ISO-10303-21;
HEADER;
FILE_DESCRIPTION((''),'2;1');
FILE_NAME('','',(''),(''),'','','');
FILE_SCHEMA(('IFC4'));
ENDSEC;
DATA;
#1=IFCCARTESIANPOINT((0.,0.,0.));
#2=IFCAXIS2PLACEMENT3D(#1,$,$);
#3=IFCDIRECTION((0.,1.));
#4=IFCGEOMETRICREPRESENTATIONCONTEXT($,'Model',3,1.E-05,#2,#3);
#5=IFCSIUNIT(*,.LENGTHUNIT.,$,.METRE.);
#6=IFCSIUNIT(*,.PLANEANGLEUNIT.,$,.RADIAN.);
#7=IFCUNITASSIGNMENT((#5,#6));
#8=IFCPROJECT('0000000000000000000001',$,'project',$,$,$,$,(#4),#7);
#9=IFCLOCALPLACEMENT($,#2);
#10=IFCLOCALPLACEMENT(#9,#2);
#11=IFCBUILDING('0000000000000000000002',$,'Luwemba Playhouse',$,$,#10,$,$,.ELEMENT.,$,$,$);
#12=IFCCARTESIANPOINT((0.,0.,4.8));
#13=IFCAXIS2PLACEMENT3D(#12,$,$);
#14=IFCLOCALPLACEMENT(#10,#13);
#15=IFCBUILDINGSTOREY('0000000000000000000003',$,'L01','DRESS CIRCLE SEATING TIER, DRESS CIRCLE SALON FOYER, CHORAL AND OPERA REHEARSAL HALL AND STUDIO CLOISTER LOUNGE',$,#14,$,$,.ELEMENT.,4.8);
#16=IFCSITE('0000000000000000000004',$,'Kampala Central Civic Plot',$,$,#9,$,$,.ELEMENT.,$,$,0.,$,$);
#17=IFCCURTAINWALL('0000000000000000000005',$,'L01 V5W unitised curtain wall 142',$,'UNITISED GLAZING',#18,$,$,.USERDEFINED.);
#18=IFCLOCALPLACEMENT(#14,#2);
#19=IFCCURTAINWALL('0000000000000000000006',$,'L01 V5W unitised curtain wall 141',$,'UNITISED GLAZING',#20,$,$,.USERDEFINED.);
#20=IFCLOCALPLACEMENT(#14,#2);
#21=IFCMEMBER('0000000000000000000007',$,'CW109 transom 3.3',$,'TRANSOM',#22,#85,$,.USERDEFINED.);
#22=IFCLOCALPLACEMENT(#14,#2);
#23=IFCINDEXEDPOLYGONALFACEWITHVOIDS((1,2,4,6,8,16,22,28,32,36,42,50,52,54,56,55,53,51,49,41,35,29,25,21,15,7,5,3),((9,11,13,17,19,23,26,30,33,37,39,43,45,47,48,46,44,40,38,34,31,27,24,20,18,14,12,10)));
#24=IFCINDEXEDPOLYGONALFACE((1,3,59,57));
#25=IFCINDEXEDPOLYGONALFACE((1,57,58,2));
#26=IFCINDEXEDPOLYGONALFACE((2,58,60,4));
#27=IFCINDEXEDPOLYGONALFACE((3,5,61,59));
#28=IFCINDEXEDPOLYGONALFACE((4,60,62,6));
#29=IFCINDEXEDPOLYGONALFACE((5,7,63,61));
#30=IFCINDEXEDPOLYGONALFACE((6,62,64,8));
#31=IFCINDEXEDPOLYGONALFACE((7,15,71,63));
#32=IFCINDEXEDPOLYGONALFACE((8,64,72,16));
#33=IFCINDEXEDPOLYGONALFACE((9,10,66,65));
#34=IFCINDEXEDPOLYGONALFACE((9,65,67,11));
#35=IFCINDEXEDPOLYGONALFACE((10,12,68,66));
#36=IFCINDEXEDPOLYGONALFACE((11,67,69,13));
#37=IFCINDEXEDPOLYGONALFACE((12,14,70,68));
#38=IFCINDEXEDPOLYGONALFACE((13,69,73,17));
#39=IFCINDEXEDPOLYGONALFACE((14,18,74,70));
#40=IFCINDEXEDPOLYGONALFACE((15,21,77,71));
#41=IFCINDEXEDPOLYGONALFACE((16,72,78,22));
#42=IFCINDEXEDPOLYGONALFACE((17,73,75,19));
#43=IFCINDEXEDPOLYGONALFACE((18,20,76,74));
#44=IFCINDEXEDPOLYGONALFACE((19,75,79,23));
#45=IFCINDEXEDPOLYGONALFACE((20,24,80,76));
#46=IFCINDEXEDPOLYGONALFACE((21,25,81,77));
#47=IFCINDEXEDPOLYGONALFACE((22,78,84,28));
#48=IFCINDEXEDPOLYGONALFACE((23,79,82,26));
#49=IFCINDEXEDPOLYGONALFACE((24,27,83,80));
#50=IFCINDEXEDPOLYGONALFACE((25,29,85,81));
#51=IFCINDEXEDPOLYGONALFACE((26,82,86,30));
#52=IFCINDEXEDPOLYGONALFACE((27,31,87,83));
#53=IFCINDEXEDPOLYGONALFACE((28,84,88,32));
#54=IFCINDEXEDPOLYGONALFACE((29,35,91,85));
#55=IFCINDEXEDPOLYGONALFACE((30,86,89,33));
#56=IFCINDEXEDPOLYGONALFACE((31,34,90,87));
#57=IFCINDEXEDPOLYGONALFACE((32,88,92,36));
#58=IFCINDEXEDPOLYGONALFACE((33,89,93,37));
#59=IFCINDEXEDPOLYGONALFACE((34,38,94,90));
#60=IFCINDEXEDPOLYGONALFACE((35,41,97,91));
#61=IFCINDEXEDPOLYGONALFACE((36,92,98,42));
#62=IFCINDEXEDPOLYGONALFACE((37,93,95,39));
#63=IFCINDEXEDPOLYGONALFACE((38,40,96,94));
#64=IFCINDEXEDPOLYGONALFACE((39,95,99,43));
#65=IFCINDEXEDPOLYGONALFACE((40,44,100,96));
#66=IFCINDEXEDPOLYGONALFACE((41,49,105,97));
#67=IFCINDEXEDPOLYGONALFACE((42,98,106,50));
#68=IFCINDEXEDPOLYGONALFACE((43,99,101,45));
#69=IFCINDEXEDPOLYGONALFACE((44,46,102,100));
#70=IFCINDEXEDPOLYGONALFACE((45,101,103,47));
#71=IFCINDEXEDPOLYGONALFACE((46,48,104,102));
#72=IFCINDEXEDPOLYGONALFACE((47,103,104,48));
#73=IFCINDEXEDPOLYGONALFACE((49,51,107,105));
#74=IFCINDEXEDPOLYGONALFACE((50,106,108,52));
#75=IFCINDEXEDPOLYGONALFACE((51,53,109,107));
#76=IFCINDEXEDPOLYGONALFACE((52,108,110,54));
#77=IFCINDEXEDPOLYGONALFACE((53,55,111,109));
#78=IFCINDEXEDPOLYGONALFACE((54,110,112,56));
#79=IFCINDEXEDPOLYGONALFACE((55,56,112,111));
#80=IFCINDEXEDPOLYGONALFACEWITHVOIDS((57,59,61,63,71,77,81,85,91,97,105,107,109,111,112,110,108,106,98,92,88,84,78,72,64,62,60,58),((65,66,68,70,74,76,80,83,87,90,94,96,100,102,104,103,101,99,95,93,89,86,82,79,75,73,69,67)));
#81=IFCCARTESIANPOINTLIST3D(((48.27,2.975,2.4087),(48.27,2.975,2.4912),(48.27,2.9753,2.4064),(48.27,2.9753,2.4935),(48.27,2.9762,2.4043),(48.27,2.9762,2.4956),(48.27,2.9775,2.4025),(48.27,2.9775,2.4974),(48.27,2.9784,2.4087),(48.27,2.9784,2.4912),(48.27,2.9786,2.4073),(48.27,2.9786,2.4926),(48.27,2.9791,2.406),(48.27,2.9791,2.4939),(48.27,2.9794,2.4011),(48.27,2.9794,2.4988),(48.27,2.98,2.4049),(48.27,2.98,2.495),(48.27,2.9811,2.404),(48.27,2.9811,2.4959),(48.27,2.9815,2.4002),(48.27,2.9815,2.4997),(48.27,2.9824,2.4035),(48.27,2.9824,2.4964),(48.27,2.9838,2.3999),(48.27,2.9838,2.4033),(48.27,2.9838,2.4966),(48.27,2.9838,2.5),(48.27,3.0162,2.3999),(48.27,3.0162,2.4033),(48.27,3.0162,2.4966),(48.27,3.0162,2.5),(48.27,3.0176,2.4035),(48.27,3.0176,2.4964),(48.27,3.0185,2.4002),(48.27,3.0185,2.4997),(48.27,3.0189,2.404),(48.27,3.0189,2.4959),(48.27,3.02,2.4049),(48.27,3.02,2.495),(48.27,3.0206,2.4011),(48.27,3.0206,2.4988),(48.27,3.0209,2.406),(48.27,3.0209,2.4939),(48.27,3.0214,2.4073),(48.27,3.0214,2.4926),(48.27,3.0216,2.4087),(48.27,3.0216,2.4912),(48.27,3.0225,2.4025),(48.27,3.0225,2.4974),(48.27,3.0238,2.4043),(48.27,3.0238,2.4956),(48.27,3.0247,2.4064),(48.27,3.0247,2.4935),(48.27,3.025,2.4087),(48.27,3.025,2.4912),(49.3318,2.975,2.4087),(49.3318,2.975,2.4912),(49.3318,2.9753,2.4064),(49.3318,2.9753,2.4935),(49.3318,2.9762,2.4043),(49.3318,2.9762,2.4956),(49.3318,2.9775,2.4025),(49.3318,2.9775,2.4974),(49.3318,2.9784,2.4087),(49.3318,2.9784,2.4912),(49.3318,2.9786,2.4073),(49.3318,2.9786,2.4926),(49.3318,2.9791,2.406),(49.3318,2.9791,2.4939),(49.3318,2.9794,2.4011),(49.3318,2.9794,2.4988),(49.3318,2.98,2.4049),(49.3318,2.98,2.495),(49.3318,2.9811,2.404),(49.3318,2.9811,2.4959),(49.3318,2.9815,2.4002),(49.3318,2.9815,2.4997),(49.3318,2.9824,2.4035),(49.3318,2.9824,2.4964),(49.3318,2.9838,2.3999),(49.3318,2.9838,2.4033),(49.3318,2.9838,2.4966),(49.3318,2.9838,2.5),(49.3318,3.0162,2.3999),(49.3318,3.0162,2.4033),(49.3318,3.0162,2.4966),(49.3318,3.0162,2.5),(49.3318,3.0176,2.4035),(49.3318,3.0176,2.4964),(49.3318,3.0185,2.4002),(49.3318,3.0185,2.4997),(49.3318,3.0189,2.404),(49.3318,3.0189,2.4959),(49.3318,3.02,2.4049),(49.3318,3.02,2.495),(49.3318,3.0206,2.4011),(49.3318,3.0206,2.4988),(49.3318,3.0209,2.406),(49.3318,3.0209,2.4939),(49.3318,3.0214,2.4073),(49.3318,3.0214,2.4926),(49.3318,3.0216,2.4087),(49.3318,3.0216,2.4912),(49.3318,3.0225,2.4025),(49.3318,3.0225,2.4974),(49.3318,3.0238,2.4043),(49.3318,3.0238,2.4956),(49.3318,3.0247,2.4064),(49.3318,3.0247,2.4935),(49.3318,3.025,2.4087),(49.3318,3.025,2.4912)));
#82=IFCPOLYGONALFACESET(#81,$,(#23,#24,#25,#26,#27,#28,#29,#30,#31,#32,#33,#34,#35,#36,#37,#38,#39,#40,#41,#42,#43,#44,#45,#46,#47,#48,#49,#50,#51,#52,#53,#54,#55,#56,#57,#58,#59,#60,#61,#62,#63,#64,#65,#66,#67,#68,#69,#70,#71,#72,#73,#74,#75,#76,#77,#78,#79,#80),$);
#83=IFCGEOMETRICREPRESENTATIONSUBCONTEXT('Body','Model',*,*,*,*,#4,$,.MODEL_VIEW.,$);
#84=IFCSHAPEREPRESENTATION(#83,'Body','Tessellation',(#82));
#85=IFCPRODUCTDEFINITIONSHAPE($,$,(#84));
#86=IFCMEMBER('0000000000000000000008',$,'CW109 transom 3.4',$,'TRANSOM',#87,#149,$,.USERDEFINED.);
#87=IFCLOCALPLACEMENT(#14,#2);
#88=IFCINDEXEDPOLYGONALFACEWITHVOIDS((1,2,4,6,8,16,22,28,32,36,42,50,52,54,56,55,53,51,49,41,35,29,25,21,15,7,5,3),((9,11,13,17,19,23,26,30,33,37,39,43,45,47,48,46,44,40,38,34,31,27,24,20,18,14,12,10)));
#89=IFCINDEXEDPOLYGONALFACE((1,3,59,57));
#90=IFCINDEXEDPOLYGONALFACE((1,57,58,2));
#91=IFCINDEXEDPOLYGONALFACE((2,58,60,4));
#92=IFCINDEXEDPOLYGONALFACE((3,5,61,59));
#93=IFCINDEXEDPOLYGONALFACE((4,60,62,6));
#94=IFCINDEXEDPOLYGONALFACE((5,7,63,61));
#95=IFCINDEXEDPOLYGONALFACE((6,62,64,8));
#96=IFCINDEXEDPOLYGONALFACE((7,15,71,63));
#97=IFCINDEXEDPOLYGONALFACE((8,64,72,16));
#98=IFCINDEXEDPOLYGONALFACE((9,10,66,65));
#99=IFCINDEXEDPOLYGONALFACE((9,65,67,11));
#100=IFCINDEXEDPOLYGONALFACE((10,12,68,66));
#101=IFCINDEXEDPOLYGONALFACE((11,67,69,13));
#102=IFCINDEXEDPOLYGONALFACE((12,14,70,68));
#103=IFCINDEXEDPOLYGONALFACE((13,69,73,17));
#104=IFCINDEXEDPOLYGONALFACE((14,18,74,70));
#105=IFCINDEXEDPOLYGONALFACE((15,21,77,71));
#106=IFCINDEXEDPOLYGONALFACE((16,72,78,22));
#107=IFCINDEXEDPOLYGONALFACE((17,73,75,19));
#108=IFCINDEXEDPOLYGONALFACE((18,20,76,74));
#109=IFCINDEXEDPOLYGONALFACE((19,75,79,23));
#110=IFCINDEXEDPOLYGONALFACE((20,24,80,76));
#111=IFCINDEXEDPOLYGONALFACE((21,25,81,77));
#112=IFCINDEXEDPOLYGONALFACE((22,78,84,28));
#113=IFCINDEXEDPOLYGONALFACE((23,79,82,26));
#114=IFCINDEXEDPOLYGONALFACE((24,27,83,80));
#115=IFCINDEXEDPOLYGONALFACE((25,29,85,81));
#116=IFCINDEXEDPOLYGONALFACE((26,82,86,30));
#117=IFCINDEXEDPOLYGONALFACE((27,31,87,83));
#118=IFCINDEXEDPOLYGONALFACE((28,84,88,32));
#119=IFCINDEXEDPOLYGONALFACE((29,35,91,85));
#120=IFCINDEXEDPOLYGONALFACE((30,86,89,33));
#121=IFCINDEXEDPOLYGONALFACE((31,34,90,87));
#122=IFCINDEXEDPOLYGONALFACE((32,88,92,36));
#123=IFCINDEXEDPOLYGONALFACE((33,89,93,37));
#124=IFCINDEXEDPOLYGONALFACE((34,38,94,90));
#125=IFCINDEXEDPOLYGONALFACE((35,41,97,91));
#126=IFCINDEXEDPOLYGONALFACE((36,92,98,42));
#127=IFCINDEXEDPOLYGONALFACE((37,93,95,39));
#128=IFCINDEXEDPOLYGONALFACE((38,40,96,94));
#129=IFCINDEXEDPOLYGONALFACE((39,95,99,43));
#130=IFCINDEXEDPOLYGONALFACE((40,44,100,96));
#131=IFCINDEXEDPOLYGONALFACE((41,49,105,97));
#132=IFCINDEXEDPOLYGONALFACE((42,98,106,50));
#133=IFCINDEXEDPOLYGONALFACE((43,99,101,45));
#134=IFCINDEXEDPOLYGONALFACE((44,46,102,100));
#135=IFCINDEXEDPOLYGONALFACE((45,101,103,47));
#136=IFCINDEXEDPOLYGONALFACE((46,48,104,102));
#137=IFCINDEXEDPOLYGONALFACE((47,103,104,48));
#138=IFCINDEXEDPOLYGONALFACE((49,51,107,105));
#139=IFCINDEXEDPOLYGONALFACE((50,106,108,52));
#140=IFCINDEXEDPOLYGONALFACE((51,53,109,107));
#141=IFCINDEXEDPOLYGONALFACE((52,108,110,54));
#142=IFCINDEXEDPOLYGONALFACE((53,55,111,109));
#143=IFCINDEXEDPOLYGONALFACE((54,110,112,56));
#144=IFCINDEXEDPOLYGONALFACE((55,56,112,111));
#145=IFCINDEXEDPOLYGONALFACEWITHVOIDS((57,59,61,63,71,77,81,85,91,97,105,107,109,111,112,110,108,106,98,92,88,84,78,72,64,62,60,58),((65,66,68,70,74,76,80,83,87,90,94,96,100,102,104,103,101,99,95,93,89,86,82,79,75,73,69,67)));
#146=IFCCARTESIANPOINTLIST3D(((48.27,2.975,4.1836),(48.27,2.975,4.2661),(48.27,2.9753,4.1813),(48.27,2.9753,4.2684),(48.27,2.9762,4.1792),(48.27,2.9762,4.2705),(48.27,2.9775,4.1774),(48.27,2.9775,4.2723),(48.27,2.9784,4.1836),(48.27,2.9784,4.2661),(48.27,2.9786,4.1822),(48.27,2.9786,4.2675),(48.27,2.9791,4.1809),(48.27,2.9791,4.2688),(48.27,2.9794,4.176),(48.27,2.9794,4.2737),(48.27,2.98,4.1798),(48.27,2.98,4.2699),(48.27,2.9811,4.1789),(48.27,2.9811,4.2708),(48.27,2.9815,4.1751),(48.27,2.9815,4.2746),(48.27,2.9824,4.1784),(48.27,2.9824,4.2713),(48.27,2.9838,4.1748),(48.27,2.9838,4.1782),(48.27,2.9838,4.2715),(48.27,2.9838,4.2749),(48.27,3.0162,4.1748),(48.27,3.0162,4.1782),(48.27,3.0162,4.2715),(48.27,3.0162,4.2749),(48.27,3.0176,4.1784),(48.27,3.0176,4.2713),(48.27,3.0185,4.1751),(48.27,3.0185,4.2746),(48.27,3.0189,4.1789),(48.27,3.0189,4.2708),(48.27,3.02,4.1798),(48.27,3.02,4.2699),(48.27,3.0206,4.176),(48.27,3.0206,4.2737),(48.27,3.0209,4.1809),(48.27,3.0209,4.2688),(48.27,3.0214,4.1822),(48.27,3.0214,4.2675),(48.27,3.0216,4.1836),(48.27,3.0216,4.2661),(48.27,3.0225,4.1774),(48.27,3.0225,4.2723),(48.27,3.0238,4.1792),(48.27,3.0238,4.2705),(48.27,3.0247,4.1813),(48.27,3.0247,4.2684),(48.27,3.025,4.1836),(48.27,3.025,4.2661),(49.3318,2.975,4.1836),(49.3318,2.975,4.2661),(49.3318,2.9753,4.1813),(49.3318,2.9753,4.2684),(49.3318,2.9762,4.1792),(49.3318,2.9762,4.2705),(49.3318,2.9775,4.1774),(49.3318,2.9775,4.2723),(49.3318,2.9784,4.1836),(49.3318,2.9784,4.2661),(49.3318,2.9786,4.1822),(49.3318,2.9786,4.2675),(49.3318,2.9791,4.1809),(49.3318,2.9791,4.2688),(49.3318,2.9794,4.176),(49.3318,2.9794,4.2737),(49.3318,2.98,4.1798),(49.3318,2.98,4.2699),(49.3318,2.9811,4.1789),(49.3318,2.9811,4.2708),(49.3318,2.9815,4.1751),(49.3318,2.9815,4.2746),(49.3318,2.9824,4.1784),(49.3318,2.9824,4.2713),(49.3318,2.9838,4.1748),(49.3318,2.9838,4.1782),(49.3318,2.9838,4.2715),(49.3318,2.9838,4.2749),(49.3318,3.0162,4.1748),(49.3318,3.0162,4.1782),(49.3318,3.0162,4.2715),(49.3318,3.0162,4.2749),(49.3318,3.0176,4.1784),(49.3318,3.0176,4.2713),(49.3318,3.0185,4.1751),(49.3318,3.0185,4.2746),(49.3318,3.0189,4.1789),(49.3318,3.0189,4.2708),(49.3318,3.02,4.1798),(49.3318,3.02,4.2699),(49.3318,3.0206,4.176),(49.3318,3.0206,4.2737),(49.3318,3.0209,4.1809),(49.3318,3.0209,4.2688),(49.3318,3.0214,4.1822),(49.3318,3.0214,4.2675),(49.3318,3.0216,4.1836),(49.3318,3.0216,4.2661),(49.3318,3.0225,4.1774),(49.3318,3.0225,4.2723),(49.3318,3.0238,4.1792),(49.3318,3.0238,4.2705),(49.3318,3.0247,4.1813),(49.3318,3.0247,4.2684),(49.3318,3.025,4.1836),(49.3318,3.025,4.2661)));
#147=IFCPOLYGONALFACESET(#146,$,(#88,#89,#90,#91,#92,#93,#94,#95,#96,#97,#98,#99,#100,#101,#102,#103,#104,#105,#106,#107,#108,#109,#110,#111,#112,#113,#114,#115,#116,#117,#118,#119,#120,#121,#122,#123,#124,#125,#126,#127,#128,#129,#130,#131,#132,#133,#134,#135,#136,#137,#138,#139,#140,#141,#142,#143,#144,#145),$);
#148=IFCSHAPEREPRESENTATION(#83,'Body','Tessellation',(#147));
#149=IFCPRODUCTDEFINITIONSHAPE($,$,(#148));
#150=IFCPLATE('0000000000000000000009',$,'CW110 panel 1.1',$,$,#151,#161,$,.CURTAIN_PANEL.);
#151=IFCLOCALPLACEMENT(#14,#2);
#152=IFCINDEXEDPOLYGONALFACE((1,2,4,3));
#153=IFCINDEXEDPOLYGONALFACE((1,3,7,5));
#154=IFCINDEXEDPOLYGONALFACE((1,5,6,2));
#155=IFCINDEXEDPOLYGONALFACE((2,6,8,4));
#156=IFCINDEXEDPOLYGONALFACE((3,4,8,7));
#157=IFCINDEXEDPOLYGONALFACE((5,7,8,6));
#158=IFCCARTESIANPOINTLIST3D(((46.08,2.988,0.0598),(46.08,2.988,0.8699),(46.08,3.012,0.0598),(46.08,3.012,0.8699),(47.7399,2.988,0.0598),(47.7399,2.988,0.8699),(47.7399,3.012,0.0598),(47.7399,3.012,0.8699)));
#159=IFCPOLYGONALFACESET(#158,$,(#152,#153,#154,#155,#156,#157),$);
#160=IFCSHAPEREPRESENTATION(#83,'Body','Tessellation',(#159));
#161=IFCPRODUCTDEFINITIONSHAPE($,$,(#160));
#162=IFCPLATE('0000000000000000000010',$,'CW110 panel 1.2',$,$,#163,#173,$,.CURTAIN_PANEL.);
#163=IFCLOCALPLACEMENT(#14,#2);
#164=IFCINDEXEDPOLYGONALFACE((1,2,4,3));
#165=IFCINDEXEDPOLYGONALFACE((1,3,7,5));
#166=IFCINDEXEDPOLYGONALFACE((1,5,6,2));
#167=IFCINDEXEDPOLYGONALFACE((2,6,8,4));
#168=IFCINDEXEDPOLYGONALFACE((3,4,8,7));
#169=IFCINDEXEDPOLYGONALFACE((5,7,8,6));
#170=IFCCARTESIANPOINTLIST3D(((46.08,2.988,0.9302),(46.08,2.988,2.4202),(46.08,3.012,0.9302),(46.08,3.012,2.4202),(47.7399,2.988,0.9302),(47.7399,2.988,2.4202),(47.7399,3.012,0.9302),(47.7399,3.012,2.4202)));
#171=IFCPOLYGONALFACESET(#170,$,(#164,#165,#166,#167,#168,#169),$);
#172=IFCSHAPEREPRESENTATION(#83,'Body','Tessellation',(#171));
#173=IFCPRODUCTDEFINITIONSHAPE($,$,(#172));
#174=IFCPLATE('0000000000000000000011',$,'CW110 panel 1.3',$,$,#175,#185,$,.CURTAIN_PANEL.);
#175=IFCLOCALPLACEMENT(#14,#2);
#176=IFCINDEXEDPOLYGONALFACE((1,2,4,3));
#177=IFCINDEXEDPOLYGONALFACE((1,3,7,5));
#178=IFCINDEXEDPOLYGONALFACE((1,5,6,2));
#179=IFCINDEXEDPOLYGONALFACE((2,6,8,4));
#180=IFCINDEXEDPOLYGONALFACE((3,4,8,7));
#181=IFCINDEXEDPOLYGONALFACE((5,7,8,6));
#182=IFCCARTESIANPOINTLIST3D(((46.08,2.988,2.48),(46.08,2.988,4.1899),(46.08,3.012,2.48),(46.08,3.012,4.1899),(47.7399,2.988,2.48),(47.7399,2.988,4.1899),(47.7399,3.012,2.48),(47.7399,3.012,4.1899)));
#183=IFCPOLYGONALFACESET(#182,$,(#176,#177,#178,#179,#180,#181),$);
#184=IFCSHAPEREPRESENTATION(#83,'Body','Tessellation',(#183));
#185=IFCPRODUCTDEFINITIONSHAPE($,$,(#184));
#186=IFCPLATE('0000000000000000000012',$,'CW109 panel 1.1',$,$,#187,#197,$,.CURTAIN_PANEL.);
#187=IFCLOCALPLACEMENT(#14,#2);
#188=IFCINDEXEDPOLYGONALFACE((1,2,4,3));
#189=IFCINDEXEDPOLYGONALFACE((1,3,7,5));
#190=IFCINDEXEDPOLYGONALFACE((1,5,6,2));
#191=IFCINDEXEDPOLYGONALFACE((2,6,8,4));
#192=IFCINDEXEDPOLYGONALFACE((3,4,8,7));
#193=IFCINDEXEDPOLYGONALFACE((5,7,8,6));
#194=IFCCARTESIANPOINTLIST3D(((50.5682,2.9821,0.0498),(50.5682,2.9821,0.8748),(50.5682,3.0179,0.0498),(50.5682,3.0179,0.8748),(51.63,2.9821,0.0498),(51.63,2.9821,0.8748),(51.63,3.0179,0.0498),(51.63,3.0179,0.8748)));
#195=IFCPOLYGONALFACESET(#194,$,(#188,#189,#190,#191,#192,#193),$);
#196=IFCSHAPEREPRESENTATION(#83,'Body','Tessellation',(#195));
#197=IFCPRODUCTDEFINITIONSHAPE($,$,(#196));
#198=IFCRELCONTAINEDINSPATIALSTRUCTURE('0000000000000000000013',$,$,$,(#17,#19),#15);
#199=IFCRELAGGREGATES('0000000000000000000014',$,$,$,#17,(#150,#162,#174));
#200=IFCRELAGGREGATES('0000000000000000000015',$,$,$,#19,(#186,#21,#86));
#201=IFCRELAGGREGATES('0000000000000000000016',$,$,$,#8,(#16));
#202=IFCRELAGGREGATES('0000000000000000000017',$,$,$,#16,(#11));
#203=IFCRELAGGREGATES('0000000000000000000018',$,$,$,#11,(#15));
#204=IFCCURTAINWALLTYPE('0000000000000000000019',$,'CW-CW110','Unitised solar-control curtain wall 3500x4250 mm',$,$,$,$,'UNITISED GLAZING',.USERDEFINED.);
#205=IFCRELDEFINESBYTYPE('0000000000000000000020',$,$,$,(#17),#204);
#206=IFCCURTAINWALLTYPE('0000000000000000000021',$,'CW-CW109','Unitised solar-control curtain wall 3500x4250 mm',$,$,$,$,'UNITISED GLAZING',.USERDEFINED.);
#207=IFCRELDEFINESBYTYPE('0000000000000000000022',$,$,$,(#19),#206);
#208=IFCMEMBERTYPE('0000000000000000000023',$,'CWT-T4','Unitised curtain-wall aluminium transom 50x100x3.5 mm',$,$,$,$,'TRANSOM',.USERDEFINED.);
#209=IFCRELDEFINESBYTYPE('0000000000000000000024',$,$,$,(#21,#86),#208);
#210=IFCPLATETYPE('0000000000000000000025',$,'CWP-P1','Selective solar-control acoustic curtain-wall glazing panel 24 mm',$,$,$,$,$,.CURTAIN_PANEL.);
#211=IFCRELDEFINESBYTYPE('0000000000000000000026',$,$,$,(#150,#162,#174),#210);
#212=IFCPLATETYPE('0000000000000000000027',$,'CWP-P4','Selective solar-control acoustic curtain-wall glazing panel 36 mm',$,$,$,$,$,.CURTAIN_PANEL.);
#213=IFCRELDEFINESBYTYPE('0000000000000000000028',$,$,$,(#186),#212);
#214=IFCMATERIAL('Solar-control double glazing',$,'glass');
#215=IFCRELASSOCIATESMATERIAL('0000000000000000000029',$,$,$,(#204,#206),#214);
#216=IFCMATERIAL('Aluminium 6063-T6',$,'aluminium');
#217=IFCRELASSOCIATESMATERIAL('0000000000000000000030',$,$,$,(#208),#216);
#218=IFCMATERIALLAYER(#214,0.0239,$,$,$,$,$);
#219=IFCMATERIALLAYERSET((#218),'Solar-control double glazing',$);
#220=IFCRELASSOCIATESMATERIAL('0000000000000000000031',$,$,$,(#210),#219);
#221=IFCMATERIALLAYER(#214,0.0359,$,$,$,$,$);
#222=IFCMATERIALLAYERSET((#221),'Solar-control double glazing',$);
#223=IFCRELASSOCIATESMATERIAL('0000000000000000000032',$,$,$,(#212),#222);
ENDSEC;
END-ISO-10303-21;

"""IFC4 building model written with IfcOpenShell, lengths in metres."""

from ifc_helpers import new_model, si_unit, direction, frame, origin, origin_2d, place, context, subcontext, project, spatial, rectangle, hollow_rectangle, extrude, material, layer, layer_set, material_profile, profile_set, type_object, element, aggregate, save


model = new_model("IFC4")

# Units and contexts
model_context = context("Model", 3, precision=1e-05, world=origin(), true_north=direction((0.0, 1.0)))
body_context = subcontext(model_context, "Body", "Model", "MODEL_VIEW")
ifc_project = project(units=[si_unit("LENGTHUNIT", "METRE"), si_unit("PLANEANGLEUNIT", "RADIAN")], contexts=[model_context])

# Site, building, storey
site_placement = place(None, origin())
site = spatial("IfcSite", under=ifc_project, at=site_placement, Name="Kampala Central Civic Plot", CompositionType="ELEMENT", RefElevation=0.0)
building_placement = place(site_placement, origin())
building = spatial("IfcBuilding", under=site, at=building_placement, Name="Luwemba Playhouse", CompositionType="ELEMENT")
storey_placement = place(building_placement, frame((0.0, 0.0, 4.8)))
storey = spatial("IfcBuildingStorey", under=building, at=storey_placement, Name="L01", Description="DRESS CIRCLE SEATING TIER, DRESS CIRCLE SALON FOYER, CHORAL AND OPERA REHEARSAL HALL AND STUDIO CLOISTER LOUNGE", CompositionType="ELEMENT", Elevation=4.8)

# Curtain wall
ifc_material_1 = material(Name="Solar-control double glazing", Category="glass")
curtain_wall_type_1 = type_object("IfcCurtainWallType", Name="CW-CW110", Description="Unitised solar-control curtain wall 3500x4250 mm", ElementType="UNITISED GLAZING", PredefinedType="USERDEFINED", material=ifc_material_1)
curtain_wall_1_placement = place(storey_placement, origin())
curtain_wall_1 = element("IfcCurtainWall", 1, at=curtain_wall_1_placement, inside=storey, type_object=curtain_wall_type_1, Name="L01 V5W unitised curtain wall 142", ObjectType="UNITISED GLAZING", PredefinedType="USERDEFINED")
ifc_material_2 = material(Name="Aluminium 6063-T6", Category="aluminium")

# Curtain wall
curtain_wall_type_2 = type_object("IfcCurtainWallType", Name="CW-CW109", Description="Unitised solar-control curtain wall 3500x4250 mm", ElementType="UNITISED GLAZING", PredefinedType="USERDEFINED", material=ifc_material_1)
curtain_wall_2_placement = place(storey_placement, origin())
curtain_wall_2 = element("IfcCurtainWall", 2, at=curtain_wall_2_placement, inside=storey, type_object=curtain_wall_type_2, Name="L01 V5W unitised curtain wall 141", ObjectType="UNITISED GLAZING", PredefinedType="USERDEFINED")

# Members
ifc_material_profile_1 = material_profile(ifc_material_2, hollow_rectangle(XDim=0.05, YDim=0.1001, WallThickness=0.0034, InnerFilletRadius=0.0054, OuterFilletRadius=0.0088, at=origin_2d()))
ifc_profile_set_1 = profile_set([ifc_material_profile_1], Name="Aluminium 6063-T6")
member_type_1 = type_object("IfcMemberType", Name="CWT-T4", Description="Unitised curtain-wall aluminium transom 50x100x3.5 mm", ElementType="TRANSOM", PredefinedType="USERDEFINED", material=ifc_profile_set_1)
member_1_placement = place(storey_placement, frame((49.3318, 3.0, 2.45), z_axis=(-1.0, 0.0, 0.0), x_axis=(0.0, -1.0, 0.0)))
member_1 = element("IfcMember", 3, at=member_1_placement, type_object=member_type_1, Name="CW109 transom 3.3", ObjectType="TRANSOM", PredefinedType="USERDEFINED", context=body_context, shape_type="SweptSolid", body=[
    extrude(hollow_rectangle(XDim=0.05, YDim=0.1001, WallThickness=0.0034, InnerFilletRadius=0.0054, OuterFilletRadius=0.0088, at=origin_2d()), origin(), (0.0, 0.0, 1.0), 1.0618),
])
member_2_placement = place(storey_placement, frame((49.3318, 3.0, 4.2249), z_axis=(-1.0, 0.0, 0.0), x_axis=(0.0, -1.0, 0.0)))
member_2 = element("IfcMember", 4, at=member_2_placement, type_object=member_type_1, Name="CW109 transom 3.4", ObjectType="TRANSOM", PredefinedType="USERDEFINED", context=body_context, shape_type="SweptSolid", body=[
    extrude(hollow_rectangle(XDim=0.05, YDim=0.1001, WallThickness=0.0034, InnerFilletRadius=0.0054, OuterFilletRadius=0.0088, at=origin_2d()), origin(), (0.0, 0.0, 1.0), 1.0618),
])

# Plates
ifc_layer_1 = layer(ifc_material_1, 0.0239)
ifc_layer_set_1 = layer_set([ifc_layer_1], Name="Solar-control double glazing")
plate_type_1 = type_object("IfcPlateType", Name="CWP-P1", Description="Selective solar-control acoustic curtain-wall glazing panel 24 mm", PredefinedType="CURTAIN_PANEL", material=ifc_layer_set_1)
plate_1_placement = place(storey_placement, frame((46.9099, 3.0, 0.0598), z_axis=(0.0, 0.0, 1.0), x_axis=(-1.0, 0.0, 0.0)))
plate_1 = element("IfcPlate", 5, at=plate_1_placement, type_object=plate_type_1, Name="CW110 panel 1.1", PredefinedType="CURTAIN_PANEL", context=body_context, shape_type="SweptSolid", body=[
    extrude(rectangle(XDim=1.6599, YDim=0.0239, at=origin_2d()), origin(), (0.0, 0.0, 1.0), 0.8101),
])
plate_2_placement = place(storey_placement, frame((46.9099, 3.0, 0.9302), z_axis=(0.0, 0.0, 1.0), x_axis=(-1.0, 0.0, 0.0)))
plate_2 = element("IfcPlate", 6, at=plate_2_placement, type_object=plate_type_1, Name="CW110 panel 1.2", PredefinedType="CURTAIN_PANEL", context=body_context, shape_type="SweptSolid", body=[
    extrude(rectangle(XDim=1.6599, YDim=0.0239, at=origin_2d()), origin(), (0.0, 0.0, 1.0), 1.49),
])
plate_3_placement = place(storey_placement, frame((46.9099, 3.0, 2.48), z_axis=(0.0, 0.0, 1.0), x_axis=(-1.0, 0.0, 0.0)))
plate_3 = element("IfcPlate", 7, at=plate_3_placement, type_object=plate_type_1, Name="CW110 panel 1.3", PredefinedType="CURTAIN_PANEL", context=body_context, shape_type="SweptSolid", body=[
    extrude(rectangle(XDim=1.6599, YDim=0.0239, at=origin_2d()), origin(), (0.0, 0.0, 1.0), 1.71),
])
aggregate(curtain_wall_1, [plate_1, plate_2, plate_3])
ifc_layer_2 = layer(ifc_material_1, 0.0359)
ifc_layer_set_2 = layer_set([ifc_layer_2], Name="Solar-control double glazing")
plate_type_2 = type_object("IfcPlateType", Name="CWP-P4", Description="Selective solar-control acoustic curtain-wall glazing panel 36 mm", PredefinedType="CURTAIN_PANEL", material=ifc_layer_set_2)
plate_4_placement = place(storey_placement, frame((51.0991, 3.0, 0.0498), z_axis=(0.0, 0.0, 1.0), x_axis=(-1.0, 0.0, 0.0)))
plate_4 = element("IfcPlate", 8, at=plate_4_placement, type_object=plate_type_2, Name="CW109 panel 1.1", PredefinedType="CURTAIN_PANEL", context=body_context, shape_type="SweptSolid", body=[
    extrude(rectangle(XDim=1.0618, YDim=0.0359, at=origin_2d()), origin(), (0.0, 0.0, 1.0), 0.825),
])
aggregate(curtain_wall_2, [plate_4, member_1, member_2])

save(model, "model.ifc")
